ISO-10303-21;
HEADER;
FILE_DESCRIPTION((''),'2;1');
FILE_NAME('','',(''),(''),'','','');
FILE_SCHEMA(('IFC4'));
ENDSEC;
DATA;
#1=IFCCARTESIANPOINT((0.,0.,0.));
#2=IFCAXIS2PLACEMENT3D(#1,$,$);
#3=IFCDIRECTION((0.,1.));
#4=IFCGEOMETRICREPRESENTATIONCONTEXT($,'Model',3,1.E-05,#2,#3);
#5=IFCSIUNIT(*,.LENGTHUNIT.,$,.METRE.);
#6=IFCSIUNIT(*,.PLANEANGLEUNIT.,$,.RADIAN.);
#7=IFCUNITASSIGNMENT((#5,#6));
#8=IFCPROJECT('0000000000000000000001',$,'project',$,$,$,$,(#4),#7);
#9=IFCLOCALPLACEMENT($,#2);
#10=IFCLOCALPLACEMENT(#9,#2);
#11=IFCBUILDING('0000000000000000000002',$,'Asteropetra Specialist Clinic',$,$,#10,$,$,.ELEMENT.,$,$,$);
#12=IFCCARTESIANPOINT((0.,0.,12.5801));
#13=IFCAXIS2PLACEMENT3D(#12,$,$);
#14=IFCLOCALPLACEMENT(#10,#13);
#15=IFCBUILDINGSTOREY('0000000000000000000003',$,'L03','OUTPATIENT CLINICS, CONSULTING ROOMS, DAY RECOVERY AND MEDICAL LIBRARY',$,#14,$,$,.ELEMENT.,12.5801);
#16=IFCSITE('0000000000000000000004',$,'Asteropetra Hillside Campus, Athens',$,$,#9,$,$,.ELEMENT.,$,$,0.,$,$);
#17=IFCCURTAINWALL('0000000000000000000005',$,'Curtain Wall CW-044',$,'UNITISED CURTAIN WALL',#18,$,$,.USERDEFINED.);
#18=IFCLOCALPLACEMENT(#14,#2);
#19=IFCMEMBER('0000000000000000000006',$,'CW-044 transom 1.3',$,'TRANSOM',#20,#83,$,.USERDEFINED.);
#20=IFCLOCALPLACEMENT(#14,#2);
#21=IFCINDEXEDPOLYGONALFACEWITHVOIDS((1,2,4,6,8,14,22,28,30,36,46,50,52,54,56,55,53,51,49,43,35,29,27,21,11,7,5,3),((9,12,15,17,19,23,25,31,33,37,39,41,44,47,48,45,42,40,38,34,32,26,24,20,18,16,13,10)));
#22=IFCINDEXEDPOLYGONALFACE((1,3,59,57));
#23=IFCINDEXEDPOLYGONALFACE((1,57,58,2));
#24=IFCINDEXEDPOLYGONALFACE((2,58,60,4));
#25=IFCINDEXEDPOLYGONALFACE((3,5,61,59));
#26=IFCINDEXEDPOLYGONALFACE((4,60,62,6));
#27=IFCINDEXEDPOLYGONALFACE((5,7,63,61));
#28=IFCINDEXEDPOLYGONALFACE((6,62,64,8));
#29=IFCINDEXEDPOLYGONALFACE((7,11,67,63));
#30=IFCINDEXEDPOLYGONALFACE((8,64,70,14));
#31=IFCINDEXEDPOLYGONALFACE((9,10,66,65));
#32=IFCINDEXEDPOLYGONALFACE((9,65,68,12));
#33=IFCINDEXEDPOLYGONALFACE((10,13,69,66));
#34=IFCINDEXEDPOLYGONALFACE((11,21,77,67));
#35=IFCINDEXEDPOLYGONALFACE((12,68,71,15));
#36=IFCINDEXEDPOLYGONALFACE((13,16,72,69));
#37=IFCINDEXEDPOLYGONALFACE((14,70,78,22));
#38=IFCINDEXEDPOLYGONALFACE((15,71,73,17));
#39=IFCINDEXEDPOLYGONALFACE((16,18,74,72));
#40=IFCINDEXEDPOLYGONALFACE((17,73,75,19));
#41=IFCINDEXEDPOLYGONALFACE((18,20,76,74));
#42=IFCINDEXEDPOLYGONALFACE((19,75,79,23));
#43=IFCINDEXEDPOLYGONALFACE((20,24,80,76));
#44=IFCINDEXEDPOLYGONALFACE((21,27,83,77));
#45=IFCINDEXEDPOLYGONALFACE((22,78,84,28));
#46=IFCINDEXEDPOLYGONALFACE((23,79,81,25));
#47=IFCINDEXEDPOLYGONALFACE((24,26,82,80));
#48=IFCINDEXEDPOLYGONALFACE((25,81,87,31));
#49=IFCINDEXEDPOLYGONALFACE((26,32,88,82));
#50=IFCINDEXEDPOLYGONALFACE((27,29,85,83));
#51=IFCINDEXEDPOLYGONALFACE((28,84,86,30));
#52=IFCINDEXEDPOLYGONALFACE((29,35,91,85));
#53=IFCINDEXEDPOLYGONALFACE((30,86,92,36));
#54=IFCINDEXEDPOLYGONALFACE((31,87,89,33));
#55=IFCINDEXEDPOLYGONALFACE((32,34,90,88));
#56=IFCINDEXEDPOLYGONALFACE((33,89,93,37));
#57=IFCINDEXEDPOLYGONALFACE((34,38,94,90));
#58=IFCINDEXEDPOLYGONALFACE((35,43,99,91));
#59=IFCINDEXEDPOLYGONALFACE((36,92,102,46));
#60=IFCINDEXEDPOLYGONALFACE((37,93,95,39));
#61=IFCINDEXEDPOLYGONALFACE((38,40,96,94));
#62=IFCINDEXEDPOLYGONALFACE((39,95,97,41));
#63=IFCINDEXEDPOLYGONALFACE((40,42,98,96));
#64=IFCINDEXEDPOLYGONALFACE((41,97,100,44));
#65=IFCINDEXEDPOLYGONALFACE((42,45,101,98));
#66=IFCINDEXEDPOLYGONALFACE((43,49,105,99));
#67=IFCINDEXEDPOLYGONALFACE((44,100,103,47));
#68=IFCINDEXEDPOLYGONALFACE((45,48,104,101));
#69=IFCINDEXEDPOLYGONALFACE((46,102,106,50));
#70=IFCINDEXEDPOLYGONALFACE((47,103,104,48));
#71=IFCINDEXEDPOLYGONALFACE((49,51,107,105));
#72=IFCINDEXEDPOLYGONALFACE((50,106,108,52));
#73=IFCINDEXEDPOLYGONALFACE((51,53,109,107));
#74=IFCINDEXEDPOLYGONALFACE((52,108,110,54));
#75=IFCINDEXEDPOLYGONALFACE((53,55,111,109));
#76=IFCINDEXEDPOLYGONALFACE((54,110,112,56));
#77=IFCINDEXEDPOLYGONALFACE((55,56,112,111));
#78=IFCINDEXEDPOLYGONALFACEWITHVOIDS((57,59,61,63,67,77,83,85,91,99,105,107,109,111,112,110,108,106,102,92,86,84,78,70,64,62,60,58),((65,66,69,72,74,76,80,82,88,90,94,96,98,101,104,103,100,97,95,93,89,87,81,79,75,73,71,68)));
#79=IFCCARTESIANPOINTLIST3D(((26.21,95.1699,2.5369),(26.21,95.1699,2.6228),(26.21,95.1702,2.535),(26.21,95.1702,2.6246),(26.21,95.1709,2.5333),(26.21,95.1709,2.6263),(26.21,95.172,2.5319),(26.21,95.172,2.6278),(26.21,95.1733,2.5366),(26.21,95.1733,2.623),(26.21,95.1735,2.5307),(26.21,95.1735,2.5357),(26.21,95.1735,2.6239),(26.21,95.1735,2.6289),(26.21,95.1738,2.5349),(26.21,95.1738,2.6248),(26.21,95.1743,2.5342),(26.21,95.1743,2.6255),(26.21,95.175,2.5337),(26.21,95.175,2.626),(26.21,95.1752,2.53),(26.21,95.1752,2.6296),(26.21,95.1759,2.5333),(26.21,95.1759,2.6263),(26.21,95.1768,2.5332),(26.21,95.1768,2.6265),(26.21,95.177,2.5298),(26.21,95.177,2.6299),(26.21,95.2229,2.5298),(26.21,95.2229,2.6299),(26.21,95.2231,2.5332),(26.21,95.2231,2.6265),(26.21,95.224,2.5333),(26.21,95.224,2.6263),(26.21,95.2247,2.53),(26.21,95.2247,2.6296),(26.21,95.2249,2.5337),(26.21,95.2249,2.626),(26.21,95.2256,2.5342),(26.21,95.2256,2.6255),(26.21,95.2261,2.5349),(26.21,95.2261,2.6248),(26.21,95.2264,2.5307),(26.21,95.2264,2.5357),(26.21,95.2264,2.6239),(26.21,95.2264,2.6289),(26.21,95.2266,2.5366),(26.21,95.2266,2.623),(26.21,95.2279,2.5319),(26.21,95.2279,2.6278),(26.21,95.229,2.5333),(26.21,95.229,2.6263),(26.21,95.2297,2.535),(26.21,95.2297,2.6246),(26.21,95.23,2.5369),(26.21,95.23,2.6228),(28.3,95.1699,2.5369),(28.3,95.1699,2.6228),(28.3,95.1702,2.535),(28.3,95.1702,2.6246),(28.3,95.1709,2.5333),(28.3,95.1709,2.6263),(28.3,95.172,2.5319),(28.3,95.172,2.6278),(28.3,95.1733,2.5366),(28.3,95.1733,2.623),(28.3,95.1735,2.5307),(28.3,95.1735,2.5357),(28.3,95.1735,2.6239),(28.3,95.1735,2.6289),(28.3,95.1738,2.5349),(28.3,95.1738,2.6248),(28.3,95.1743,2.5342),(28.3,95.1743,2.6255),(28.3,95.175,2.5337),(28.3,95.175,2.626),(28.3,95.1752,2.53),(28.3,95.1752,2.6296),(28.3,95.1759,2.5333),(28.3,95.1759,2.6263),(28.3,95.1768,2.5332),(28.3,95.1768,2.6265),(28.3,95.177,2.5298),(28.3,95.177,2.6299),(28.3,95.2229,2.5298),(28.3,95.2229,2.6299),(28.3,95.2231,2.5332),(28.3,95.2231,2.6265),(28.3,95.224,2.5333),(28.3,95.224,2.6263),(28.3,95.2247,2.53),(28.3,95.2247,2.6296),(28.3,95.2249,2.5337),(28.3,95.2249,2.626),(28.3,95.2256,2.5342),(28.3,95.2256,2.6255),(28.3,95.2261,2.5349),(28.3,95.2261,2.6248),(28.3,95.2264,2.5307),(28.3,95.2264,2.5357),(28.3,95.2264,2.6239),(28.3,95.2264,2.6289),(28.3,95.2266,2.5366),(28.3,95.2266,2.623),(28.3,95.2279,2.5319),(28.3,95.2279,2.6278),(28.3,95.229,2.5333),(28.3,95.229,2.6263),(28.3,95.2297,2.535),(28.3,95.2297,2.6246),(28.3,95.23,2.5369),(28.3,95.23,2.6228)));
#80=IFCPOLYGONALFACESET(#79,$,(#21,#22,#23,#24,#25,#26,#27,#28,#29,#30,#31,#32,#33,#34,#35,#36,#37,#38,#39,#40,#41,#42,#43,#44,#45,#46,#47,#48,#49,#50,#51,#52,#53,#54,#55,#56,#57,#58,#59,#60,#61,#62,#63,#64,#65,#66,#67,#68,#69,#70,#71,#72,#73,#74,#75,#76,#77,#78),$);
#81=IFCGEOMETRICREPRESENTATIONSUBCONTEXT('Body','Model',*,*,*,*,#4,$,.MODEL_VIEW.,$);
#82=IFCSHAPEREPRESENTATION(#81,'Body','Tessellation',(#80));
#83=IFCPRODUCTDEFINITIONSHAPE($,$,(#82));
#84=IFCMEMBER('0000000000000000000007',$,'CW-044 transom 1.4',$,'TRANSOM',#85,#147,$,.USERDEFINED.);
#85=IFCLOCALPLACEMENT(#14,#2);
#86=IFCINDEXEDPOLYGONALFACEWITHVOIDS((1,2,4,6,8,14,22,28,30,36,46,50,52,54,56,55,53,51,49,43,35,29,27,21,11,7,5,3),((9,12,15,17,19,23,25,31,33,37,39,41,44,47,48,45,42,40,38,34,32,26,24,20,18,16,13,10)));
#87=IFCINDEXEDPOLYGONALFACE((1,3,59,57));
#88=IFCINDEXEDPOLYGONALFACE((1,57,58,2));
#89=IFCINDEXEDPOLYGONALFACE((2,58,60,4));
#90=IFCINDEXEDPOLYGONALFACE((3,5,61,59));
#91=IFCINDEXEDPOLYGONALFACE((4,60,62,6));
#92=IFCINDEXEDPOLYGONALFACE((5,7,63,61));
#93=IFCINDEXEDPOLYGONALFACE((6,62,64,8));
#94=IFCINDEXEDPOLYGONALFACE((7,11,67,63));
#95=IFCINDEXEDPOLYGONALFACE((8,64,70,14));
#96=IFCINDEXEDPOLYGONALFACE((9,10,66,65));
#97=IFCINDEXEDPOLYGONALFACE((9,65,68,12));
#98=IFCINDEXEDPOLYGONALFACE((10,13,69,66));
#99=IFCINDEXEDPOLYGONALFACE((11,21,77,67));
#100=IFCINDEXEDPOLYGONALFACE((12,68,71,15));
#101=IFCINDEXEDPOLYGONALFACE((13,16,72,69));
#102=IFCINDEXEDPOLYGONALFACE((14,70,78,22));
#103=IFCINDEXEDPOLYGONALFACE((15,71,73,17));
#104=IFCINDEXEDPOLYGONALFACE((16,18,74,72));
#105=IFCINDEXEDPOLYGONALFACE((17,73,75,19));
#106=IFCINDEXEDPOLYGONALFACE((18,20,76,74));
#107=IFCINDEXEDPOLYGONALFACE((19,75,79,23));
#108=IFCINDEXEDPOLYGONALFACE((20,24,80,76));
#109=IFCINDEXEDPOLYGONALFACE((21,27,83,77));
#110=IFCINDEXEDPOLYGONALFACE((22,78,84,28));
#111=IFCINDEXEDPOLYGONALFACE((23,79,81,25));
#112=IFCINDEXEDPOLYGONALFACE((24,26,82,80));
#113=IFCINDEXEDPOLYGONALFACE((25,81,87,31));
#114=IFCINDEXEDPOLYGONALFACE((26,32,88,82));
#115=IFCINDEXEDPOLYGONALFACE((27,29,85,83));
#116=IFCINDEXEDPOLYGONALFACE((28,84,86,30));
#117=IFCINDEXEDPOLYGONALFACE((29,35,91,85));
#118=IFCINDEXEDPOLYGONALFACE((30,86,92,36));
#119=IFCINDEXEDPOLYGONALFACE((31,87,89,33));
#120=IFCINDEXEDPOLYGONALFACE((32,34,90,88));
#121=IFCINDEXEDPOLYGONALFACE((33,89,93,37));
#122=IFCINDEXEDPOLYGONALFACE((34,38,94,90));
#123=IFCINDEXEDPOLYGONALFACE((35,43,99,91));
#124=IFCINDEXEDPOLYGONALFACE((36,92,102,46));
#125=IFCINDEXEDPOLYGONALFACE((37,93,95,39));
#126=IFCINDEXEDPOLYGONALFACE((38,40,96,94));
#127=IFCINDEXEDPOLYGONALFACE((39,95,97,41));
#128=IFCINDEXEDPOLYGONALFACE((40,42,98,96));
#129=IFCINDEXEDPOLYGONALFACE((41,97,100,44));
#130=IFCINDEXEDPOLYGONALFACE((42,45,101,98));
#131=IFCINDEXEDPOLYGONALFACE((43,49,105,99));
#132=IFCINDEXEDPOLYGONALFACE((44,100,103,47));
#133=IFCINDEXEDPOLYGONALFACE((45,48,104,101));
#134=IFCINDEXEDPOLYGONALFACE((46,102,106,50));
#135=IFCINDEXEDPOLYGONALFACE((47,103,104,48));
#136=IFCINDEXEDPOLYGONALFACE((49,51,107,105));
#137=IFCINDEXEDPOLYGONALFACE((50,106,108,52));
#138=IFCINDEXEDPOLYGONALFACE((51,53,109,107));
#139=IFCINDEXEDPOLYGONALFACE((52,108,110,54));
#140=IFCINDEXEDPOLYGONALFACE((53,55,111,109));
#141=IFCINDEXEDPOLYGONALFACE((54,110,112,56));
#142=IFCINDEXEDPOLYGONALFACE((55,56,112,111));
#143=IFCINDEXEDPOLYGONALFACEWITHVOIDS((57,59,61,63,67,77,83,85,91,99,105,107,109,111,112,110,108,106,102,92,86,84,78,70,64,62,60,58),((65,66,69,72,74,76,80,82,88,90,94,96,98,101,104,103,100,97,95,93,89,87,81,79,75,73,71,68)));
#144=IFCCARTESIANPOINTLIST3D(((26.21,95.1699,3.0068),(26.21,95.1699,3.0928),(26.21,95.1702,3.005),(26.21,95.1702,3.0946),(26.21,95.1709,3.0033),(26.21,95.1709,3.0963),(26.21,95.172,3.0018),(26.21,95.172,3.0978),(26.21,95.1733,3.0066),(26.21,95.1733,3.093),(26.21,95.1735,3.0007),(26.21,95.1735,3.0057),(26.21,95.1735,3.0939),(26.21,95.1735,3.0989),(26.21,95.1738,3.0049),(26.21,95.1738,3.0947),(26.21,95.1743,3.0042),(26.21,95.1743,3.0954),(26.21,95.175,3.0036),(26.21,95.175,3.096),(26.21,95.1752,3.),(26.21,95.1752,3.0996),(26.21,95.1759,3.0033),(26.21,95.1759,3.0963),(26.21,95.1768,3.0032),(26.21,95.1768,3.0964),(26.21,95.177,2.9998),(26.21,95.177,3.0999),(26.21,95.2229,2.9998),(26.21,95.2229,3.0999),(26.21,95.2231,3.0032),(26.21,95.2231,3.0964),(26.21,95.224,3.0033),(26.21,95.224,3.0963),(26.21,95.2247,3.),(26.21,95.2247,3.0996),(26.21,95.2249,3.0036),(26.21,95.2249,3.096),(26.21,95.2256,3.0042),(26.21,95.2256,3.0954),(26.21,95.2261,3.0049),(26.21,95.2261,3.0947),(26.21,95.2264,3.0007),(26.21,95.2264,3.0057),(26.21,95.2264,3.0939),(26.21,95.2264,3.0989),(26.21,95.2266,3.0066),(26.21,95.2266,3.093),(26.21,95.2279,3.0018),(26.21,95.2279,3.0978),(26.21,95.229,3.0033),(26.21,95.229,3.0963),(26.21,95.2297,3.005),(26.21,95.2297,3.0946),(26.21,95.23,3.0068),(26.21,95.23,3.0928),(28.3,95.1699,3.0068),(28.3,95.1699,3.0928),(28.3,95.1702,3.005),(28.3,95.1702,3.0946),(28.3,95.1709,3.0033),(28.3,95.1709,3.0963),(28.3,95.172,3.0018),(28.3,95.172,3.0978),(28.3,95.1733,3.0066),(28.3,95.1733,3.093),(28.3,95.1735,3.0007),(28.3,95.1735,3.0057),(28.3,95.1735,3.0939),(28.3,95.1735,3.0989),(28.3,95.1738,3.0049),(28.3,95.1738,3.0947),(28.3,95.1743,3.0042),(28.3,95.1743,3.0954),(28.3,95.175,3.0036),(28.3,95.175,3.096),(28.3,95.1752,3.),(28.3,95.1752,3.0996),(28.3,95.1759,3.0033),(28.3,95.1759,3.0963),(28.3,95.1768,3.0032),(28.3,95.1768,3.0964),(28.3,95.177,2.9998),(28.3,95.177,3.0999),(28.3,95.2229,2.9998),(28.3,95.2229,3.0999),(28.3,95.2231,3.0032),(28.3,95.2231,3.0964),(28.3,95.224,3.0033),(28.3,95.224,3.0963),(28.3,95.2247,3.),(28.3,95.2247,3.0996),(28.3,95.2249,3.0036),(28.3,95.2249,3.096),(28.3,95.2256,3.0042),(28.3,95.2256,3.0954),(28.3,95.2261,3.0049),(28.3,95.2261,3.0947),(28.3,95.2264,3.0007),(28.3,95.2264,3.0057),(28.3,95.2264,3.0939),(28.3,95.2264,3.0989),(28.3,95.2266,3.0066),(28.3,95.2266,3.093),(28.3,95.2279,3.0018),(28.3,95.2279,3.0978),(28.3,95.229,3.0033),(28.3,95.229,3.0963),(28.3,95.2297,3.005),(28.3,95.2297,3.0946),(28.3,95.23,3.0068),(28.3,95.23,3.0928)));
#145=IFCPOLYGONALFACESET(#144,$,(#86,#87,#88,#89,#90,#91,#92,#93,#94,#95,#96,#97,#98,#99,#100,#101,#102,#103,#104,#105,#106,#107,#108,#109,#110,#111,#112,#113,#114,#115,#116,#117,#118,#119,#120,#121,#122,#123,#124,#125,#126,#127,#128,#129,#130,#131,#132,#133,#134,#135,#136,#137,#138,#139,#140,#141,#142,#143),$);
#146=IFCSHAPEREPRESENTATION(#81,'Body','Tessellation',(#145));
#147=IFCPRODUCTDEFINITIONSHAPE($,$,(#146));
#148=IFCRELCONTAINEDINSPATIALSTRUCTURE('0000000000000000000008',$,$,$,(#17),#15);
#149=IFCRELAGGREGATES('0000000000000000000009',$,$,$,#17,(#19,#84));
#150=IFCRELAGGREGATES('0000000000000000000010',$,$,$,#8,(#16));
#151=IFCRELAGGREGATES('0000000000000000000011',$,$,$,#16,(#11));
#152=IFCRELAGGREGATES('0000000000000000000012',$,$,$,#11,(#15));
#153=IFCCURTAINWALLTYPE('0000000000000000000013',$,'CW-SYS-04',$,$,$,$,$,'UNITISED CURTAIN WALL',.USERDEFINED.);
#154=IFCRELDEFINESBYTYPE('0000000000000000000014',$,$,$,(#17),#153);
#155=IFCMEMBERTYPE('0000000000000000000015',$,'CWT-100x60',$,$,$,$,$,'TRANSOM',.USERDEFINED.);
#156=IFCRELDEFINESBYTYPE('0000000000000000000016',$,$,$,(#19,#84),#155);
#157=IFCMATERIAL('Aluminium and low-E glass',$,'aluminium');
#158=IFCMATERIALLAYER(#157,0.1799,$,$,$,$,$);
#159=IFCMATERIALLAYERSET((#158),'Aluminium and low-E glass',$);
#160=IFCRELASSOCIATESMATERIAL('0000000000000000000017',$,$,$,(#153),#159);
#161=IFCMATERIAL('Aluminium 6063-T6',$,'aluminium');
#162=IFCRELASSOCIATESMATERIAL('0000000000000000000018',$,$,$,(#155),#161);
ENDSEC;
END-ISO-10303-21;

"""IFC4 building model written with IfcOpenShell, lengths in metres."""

from ifc_helpers import new_model, si_unit, direction, frame, origin, origin_2d, place, context, subcontext, project, spatial, hollow_rectangle, extrude, material, layer, layer_set, material_profile, profile_set, type_object, element, aggregate, save


model = new_model("IFC4")

# Units and contexts
model_context = context("Model", 3, precision=1e-05, world=origin(), true_north=direction((0.0, 1.0)))
body_context = subcontext(model_context, "Body", "Model", "MODEL_VIEW")
ifc_project = project(units=[si_unit("LENGTHUNIT", "METRE"), si_unit("PLANEANGLEUNIT", "RADIAN")], contexts=[model_context])

# Site, building, storey
site_placement = place(None, origin())
site = spatial("IfcSite", under=ifc_project, at=site_placement, Name="Asteropetra Hillside Campus, Athens", CompositionType="ELEMENT", RefElevation=0.0)
building_placement = place(site_placement, origin())
building = spatial("IfcBuilding", under=site, at=building_placement, Name="Asteropetra Specialist Clinic", CompositionType="ELEMENT")
storey_placement = place(building_placement, frame((0.0, 0.0, 12.5801)))
storey = spatial("IfcBuildingStorey", under=building, at=storey_placement, Name="L03", Description="OUTPATIENT CLINICS, CONSULTING ROOMS, DAY RECOVERY AND MEDICAL LIBRARY", CompositionType="ELEMENT", Elevation=12.5801)

# Curtain wall
ifc_material_1 = material(Name="Aluminium and low-E glass", Category="aluminium")
ifc_layer_1 = layer(ifc_material_1, 0.1799)
ifc_layer_set_1 = layer_set([ifc_layer_1], Name="Aluminium and low-E glass")
curtain_wall_type_1 = type_object("IfcCurtainWallType", Name="CW-SYS-04", ElementType="UNITISED CURTAIN WALL", PredefinedType="USERDEFINED", material=ifc_layer_set_1)
curtain_wall_1_placement = place(storey_placement, origin())
curtain_wall_1 = element("IfcCurtainWall", 1, at=curtain_wall_1_placement, inside=storey, type_object=curtain_wall_type_1, Name="Curtain Wall CW-044", ObjectType="UNITISED CURTAIN WALL", PredefinedType="USERDEFINED")

# Members
ifc_material_2 = material(Name="Aluminium 6063-T6", Category="aluminium")
ifc_material_profile_1 = material_profile(ifc_material_2, hollow_rectangle(XDim=0.0601, YDim=0.1001, WallThickness=0.0034, InnerFilletRadius=0.0034, OuterFilletRadius=0.0071, at=origin_2d()), Name="TRN 100x60x3.5")
ifc_profile_set_1 = profile_set([ifc_material_profile_1], Name="Aluminium 6063-T6")
member_type_1 = type_object("IfcMemberType", Name="CWT-100x60", ElementType="TRANSOM", PredefinedType="USERDEFINED", material=ifc_profile_set_1)
member_1_placement = place(storey_placement, frame((28.3, 95.2, 2.5798), z_axis=(-1.0, 0.0, 0.0), x_axis=(0.0, -1.0, 0.0)))
member_1 = element("IfcMember", 2, at=member_1_placement, type_object=member_type_1, Name="CW-044 transom 1.3", ObjectType="TRANSOM", PredefinedType="USERDEFINED", context=body_context, shape_type="SweptSolid", body=[
    extrude(hollow_rectangle(XDim=0.0601, YDim=0.1001, WallThickness=0.0034, InnerFilletRadius=0.0034, OuterFilletRadius=0.0071, at=origin_2d()), origin(), (0.0, 0.0, 1.0), 2.0901),
])
member_2_placement = place(storey_placement, frame((28.3, 95.2, 3.0498), z_axis=(-1.0, 0.0, 0.0), x_axis=(0.0, -1.0, 0.0)))
member_2 = element("IfcMember", 3, at=member_2_placement, type_object=member_type_1, Name="CW-044 transom 1.4", ObjectType="TRANSOM", PredefinedType="USERDEFINED", context=body_context, shape_type="SweptSolid", body=[
    extrude(hollow_rectangle(XDim=0.0601, YDim=0.1001, WallThickness=0.0034, InnerFilletRadius=0.0034, OuterFilletRadius=0.0071, at=origin_2d()), origin(), (0.0, 0.0, 1.0), 2.0901),
])

aggregate(curtain_wall_1, [member_1, member_2])

save(model, "model.ifc")
